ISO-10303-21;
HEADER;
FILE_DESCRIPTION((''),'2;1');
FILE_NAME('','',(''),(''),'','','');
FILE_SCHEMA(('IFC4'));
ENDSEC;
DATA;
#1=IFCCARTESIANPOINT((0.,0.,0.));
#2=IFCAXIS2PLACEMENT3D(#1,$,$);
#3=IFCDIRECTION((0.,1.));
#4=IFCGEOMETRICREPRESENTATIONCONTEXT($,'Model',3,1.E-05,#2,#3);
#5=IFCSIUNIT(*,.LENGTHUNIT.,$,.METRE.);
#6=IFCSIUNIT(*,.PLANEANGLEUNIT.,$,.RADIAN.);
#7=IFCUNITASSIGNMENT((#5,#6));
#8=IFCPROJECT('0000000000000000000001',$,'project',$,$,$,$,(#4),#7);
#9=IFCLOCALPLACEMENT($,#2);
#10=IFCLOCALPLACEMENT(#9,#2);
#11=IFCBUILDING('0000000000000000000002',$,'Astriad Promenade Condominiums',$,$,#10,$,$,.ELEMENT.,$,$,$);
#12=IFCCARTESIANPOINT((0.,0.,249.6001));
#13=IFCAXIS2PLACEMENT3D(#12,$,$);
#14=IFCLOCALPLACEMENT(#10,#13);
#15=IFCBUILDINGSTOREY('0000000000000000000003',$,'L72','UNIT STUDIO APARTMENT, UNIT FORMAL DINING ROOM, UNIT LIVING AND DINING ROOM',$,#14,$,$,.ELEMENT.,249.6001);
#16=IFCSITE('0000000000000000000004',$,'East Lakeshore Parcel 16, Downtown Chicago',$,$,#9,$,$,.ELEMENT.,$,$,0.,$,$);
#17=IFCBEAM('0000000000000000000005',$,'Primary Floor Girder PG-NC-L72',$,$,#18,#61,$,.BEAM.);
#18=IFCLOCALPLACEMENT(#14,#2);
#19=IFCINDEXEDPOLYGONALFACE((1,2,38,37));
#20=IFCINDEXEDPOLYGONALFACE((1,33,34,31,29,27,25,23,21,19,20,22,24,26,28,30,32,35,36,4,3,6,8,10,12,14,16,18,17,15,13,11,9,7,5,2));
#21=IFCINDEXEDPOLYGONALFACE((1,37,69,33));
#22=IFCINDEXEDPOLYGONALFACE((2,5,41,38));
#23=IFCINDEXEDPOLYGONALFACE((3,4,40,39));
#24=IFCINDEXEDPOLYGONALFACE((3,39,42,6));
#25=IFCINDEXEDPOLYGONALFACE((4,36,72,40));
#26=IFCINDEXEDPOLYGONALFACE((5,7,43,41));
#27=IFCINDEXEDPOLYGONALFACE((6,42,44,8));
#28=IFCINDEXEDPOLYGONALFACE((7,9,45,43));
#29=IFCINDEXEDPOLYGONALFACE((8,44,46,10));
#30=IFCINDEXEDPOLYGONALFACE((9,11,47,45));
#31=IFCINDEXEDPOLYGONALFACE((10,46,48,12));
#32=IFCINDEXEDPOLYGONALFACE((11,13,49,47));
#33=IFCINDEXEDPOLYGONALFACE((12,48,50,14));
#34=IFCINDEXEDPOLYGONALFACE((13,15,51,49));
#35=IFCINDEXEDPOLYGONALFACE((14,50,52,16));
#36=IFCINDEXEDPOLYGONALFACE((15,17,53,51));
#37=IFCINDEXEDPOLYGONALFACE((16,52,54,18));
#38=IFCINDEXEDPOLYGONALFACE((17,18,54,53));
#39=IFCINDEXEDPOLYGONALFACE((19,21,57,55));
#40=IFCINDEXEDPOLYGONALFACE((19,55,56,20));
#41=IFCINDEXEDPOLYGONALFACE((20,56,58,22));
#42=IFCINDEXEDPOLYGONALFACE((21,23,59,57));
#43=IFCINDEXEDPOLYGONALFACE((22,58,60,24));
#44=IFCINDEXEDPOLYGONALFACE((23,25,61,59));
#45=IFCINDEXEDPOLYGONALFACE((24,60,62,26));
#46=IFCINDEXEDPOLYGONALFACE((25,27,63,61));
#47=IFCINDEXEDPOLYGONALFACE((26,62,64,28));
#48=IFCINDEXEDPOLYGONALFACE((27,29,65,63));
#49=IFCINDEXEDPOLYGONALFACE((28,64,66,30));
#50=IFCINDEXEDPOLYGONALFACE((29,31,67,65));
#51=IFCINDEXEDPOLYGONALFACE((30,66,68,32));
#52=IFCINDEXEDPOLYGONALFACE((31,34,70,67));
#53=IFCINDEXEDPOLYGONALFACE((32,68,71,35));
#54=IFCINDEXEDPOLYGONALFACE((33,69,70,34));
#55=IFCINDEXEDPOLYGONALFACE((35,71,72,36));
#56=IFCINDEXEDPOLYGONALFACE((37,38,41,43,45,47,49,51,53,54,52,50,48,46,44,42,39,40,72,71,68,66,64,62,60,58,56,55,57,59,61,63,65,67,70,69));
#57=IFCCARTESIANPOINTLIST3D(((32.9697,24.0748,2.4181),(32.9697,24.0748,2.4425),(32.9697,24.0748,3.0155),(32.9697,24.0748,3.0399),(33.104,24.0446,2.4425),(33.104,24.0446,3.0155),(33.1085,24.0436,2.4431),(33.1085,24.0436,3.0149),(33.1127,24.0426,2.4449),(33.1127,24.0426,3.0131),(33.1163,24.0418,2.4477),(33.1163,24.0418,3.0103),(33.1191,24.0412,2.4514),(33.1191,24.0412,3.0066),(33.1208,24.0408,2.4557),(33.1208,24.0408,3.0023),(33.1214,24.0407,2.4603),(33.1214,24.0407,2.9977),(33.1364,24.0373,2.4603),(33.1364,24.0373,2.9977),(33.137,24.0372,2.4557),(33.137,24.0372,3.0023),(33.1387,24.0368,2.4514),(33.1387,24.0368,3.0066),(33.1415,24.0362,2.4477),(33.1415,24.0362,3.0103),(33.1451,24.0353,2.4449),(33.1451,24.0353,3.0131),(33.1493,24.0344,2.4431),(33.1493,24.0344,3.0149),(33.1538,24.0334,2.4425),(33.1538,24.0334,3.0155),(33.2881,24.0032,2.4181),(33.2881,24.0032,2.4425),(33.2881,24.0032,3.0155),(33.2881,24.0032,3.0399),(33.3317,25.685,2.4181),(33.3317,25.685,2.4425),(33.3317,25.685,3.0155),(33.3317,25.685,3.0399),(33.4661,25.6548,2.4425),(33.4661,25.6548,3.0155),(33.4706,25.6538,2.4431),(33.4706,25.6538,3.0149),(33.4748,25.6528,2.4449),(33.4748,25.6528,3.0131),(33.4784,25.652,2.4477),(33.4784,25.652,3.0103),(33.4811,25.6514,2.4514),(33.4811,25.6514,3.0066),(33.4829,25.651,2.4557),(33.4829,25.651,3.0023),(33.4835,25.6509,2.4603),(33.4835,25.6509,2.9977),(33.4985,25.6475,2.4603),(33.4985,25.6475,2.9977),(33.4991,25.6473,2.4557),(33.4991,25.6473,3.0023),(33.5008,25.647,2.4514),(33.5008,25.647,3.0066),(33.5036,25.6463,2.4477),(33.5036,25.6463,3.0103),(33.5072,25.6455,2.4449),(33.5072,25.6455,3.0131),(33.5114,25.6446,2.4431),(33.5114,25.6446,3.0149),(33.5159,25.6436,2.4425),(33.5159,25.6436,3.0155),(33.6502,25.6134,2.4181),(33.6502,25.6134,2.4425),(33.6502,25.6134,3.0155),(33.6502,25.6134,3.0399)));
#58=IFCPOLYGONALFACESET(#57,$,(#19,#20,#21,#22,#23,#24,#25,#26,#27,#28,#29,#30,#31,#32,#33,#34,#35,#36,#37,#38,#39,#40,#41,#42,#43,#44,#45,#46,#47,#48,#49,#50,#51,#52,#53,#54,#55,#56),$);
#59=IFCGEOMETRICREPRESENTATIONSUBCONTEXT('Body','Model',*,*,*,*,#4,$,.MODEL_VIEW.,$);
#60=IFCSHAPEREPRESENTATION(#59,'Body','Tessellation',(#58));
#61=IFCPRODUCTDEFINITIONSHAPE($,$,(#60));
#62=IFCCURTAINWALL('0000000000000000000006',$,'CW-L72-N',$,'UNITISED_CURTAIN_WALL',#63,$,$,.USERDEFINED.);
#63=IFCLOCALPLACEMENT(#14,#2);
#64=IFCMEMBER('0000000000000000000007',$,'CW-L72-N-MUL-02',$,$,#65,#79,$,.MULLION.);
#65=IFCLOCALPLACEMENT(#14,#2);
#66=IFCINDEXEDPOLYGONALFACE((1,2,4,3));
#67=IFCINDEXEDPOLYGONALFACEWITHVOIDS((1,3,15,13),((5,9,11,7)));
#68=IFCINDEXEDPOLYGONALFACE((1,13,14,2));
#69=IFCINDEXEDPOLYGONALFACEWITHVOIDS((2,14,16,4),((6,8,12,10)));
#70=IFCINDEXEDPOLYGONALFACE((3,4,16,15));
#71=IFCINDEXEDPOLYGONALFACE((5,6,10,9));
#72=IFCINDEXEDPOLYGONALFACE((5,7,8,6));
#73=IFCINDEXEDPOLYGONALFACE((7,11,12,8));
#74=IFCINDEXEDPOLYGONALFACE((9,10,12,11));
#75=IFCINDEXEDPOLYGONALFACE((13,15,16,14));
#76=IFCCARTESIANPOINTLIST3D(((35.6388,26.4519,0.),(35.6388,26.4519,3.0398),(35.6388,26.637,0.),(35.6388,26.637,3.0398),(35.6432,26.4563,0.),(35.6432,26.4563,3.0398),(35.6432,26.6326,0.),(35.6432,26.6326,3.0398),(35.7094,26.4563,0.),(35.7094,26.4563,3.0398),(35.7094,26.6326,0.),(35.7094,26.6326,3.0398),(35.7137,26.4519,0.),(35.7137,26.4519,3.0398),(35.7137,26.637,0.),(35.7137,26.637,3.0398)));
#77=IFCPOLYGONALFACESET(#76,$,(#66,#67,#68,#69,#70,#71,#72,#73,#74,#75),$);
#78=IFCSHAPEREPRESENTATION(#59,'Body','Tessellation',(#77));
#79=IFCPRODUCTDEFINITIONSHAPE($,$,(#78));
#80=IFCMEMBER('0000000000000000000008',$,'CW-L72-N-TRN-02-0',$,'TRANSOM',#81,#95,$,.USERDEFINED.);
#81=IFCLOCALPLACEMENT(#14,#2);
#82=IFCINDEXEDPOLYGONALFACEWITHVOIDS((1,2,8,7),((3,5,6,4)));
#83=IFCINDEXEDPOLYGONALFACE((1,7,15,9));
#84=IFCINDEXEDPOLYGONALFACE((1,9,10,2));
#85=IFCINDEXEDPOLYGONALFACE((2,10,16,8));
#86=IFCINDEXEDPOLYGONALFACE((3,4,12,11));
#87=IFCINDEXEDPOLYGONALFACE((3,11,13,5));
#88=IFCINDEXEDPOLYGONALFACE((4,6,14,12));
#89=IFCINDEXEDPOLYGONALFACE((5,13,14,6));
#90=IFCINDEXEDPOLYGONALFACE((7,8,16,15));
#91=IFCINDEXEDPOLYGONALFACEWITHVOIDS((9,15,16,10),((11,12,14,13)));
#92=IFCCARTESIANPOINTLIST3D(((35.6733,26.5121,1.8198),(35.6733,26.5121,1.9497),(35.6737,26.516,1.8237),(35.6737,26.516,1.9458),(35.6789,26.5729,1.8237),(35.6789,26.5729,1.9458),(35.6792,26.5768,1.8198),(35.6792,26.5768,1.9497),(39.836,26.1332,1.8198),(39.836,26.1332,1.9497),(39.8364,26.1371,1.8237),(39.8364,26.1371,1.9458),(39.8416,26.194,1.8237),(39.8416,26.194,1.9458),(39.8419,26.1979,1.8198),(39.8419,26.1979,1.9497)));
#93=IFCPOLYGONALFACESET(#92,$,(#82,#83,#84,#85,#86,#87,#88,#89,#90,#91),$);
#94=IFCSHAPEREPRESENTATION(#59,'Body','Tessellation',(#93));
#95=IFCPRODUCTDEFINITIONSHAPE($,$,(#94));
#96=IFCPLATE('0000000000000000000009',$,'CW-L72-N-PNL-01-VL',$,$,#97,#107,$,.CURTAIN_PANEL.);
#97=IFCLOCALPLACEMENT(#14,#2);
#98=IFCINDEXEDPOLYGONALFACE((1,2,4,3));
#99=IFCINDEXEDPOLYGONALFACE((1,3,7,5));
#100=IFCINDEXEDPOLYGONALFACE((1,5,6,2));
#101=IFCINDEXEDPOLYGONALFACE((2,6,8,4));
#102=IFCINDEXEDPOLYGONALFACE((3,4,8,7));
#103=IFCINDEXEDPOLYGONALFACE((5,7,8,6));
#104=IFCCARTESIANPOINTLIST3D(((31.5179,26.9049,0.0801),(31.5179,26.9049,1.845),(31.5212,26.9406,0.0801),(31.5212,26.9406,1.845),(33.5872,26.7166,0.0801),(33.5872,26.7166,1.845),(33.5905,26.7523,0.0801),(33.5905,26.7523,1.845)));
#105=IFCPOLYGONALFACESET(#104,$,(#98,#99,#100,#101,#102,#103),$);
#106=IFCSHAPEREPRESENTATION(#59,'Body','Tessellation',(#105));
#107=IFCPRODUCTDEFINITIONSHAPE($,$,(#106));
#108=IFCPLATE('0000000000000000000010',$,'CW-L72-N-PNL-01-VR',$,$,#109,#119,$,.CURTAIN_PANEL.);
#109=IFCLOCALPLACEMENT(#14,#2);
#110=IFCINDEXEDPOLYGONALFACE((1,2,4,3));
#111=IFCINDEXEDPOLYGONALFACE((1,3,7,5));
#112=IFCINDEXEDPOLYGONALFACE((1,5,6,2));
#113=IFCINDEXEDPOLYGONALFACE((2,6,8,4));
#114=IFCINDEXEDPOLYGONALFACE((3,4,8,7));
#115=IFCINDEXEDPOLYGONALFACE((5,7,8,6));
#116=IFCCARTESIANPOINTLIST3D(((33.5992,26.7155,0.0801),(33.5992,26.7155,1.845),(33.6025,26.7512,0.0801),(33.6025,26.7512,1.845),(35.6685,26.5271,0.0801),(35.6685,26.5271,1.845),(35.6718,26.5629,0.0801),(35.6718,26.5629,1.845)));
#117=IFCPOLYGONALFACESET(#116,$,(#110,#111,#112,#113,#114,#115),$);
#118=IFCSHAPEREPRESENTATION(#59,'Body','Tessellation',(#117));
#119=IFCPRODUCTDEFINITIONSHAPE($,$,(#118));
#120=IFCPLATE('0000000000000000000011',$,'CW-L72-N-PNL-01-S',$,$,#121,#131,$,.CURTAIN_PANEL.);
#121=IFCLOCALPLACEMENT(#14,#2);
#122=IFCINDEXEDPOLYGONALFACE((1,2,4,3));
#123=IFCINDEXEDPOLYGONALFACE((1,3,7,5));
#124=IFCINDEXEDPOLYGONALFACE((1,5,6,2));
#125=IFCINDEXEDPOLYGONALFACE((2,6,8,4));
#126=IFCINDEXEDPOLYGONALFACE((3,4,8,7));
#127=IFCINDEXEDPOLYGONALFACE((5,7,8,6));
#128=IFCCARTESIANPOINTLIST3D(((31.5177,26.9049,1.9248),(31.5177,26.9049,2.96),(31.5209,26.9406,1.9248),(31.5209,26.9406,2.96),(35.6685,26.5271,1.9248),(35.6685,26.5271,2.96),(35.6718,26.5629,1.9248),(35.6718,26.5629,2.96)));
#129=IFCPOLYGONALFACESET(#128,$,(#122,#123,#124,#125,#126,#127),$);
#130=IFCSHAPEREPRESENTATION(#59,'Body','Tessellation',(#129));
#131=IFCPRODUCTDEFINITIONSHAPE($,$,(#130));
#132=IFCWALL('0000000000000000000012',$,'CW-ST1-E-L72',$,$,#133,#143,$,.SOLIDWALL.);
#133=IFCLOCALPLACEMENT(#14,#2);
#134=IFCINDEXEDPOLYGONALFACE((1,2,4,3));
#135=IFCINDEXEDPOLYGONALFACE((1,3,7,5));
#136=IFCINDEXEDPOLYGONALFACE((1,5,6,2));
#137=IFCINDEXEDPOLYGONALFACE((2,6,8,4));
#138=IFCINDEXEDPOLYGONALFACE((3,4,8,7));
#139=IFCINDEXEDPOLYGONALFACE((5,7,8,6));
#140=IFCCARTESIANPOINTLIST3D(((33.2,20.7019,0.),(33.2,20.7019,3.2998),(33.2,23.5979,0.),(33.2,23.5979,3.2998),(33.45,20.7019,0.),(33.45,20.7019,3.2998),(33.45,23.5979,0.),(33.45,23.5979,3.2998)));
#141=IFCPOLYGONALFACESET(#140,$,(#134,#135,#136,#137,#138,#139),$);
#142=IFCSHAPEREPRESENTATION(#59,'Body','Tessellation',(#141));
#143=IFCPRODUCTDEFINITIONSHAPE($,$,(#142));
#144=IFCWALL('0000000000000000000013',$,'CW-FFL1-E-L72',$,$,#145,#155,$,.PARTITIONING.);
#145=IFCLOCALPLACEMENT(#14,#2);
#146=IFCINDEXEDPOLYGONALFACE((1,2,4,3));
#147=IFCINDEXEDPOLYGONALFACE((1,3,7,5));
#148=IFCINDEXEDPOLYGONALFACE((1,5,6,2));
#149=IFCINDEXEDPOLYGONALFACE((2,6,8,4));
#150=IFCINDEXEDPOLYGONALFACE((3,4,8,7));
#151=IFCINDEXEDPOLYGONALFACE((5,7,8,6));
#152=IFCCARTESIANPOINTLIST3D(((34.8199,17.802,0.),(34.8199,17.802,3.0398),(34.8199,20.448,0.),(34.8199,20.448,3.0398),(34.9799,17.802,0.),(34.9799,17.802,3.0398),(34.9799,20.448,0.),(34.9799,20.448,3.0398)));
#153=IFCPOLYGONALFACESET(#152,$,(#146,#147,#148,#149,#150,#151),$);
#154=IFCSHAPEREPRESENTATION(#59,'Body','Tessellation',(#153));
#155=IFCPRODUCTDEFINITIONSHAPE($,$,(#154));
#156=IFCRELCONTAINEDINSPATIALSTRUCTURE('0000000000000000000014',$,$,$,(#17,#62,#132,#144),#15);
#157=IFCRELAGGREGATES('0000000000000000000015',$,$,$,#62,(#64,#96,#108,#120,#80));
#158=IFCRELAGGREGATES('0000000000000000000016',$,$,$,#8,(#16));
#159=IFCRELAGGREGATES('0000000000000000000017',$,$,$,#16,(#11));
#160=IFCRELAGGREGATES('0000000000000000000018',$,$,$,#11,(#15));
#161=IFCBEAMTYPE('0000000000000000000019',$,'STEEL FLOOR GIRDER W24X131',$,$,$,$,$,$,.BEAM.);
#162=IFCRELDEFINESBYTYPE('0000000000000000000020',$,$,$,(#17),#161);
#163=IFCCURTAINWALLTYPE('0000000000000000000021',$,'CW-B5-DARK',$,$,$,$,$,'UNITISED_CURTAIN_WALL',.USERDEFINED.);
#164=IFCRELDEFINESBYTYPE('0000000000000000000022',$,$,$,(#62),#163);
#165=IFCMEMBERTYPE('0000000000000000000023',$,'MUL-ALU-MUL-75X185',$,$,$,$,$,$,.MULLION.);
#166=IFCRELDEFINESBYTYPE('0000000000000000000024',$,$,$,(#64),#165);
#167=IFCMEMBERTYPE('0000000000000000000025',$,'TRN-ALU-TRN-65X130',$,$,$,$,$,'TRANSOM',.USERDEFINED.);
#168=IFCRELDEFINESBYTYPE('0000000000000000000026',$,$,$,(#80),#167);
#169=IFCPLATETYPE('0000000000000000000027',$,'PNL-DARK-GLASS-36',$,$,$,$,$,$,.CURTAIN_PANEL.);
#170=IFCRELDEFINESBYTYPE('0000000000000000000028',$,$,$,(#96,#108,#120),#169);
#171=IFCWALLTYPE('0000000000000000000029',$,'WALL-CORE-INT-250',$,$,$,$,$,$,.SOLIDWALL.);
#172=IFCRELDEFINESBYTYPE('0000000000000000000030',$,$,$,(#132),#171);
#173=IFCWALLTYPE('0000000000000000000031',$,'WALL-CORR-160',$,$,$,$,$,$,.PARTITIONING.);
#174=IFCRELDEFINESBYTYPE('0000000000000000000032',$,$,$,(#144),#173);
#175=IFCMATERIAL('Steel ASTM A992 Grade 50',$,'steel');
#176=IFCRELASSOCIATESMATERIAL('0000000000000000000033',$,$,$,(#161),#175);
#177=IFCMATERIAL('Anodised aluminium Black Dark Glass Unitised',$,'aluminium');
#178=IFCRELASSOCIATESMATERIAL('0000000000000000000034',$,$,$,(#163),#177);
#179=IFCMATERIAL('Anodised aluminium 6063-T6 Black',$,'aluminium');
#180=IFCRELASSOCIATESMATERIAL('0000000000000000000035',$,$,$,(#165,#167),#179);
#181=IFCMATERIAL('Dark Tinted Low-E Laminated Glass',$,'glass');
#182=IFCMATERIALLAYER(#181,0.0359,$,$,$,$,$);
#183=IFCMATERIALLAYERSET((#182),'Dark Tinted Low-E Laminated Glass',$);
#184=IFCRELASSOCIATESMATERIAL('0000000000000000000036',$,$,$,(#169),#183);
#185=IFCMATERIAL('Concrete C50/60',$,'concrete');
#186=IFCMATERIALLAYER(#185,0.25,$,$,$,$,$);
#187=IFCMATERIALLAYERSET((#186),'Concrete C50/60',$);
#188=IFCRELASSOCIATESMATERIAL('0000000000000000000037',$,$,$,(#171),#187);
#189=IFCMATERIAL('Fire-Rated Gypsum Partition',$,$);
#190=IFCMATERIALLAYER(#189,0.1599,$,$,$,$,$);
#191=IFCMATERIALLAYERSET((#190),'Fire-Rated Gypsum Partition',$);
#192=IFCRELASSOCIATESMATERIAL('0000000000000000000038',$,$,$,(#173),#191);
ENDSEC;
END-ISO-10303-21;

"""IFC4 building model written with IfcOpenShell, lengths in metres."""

from ifc_helpers import new_model, si_unit, direction, frame, frame_2d, origin, origin_2d, place, context, subcontext, project, spatial, rectangle, hollow_rectangle, i_section, extrude, source, transform, mapped, material, layer, layer_set, material_profile, profile_set, type_object, type_shapes, element, aggregate, save


model = new_model("IFC4")

# Units and contexts
model_context = context("Model", 3, precision=1e-05, world=origin(), true_north=direction((0.0, 1.0)))
body_context = subcontext(model_context, "Body", "Model", "MODEL_VIEW")
ifc_project = project(units=[si_unit("LENGTHUNIT", "METRE"), si_unit("PLANEANGLEUNIT", "RADIAN")], contexts=[model_context])

# Site, building, storey
site_placement = place(None, origin())
site = spatial("IfcSite", under=ifc_project, at=site_placement, Name="East Lakeshore Parcel 16, Downtown Chicago", CompositionType="ELEMENT", RefElevation=0.0)
building_placement = place(site_placement, origin())
building = spatial("IfcBuilding", under=site, at=building_placement, Name="Astriad Promenade Condominiums", CompositionType="ELEMENT")
storey_placement = place(building_placement, frame((0.0, 0.0, 249.6001)))
storey = spatial("IfcBuildingStorey", under=building, at=storey_placement, Name="L72", Description="UNIT STUDIO APARTMENT, UNIT FORMAL DINING ROOM, UNIT LIVING AND DINING ROOM", CompositionType="ELEMENT", Elevation=249.6001)

# Shared definitions
ifc_material_1 = material(Name="Steel ASTM A992 Grade 50", Category="steel")
ifc_material_2 = material(Name="Concrete C50/60", Category="concrete")

# Beam
ifc_material_profile_1 = material_profile(ifc_material_1, i_section(OverallWidth=0.3264, OverallDepth=0.6218, WebThickness=0.0154, FlangeThickness=0.0244, FilletRadius=0.0178, at=origin_2d()), Name="W24X131")
ifc_profile_set_1 = profile_set([ifc_material_profile_1], Name="Steel ASTM A992 Grade 50")
beam_type_1 = type_object("IfcBeamType", Name="STEEL FLOOR GIRDER W24X131", PredefinedType="BEAM", material=ifc_profile_set_1)
shared_shape_1 = source(origin(), body_context, "Body", "SweptSolid", [
    extrude(i_section(OverallWidth=0.3264, OverallDepth=0.6218, WebThickness=0.0154, FlangeThickness=0.0244, FilletRadius=0.0178, at=origin_2d()), origin(), (0.0, 0.0, 1.0), 1.6504),
])
type_shapes(beam_type_1, [shared_shape_1])
beam_1_placement = place(storey_placement, frame((33.491, 25.6492, 2.729), z_axis=(-0.219389, -0.975637, 0.0), x_axis=(0.975637, -0.219389, 0.0)))
element("IfcBeam", 1, at=beam_1_placement, inside=storey, type_object=beam_type_1, Name="Primary Floor Girder PG-NC-L72", PredefinedType="BEAM", context=body_context, shape_type="MappedRepresentation", body=[
    mapped(shared_shape_1, transform((0.0, 0.0, 0.0), scale=1.0)),
])

# Curtain wall, members, plates
ifc_material_3 = material(Name="Anodised aluminium Black Dark Glass Unitised", Category="aluminium")
curtain_wall_type = type_object("IfcCurtainWallType", Name="CW-B5-DARK", ElementType="UNITISED_CURTAIN_WALL", PredefinedType="USERDEFINED", material=ifc_material_3)
curtain_wall_placement = place(storey_placement, origin())
curtain_wall = element("IfcCurtainWall", 2, at=curtain_wall_placement, inside=storey, type_object=curtain_wall_type, Name="CW-L72-N", ObjectType="UNITISED_CURTAIN_WALL", PredefinedType="USERDEFINED")
ifc_material_4 = material(Name="Anodised aluminium 6063-T6 Black", Category="aluminium")
ifc_material_profile_2 = material_profile(ifc_material_4, hollow_rectangle(XDim=0.075, YDim=0.1851, WallThickness=0.0044, at=origin_2d()), Name="ALU-MUL-75X185")
ifc_profile_set_2 = profile_set([ifc_material_profile_2], Name="Anodised aluminium 6063-T6 Black")
member_type_1 = type_object("IfcMemberType", Name="MUL-ALU-MUL-75X185", PredefinedType="MULLION", material=ifc_profile_set_2)
shared_shape_2 = source(origin(), body_context, "Body", "SweptSolid", [
    extrude(hollow_rectangle(XDim=0.075, YDim=0.1851, WallThickness=0.0044, at=origin_2d()), origin(), (0.0, 0.0, 1.0), 3.0398),
])
type_shapes(member_type_1, [shared_shape_2])
member_1_placement = place(storey_placement, frame((35.6763, 26.5444, 0.0), z_axis=(0.0, 0.0, 1.0), x_axis=(1.0, 0.0, 0.0)))
member_1 = element("IfcMember", 3, at=member_1_placement, type_object=member_type_1, Name="CW-L72-N-MUL-02", PredefinedType="MULLION", context=body_context, shape_type="MappedRepresentation", body=[
    mapped(shared_shape_2, transform((0.0, 0.0, 0.0), scale=1.0)),
])
ifc_material_profile_3 = material_profile(ifc_material_4, hollow_rectangle(XDim=0.0649, YDim=0.1299, WallThickness=0.0039, at=origin_2d()), Name="ALU-TRN-65X130")
ifc_profile_set_3 = profile_set([ifc_material_profile_3], Name="Anodised aluminium 6063-T6 Black")
member_type_2 = type_object("IfcMemberType", Name="TRN-ALU-TRN-65X130", ElementType="TRANSOM", PredefinedType="USERDEFINED", material=ifc_profile_set_3)
shared_shape_3 = source(origin(), body_context, "Body", "SweptSolid", [
    extrude(hollow_rectangle(XDim=0.0649, YDim=0.1299, WallThickness=0.0039, at=origin_2d()), origin(), (0.0, 0.0, 1.0), 4.1799),
])
type_shapes(member_type_2, [shared_shape_3])
member_2_placement = place(storey_placement, frame((35.6763, 26.5444, 1.8848), z_axis=(0.995883, -0.090646, 0.0), x_axis=(0.090646, 0.995883, 0.0)))
member_2 = element("IfcMember", 4, at=member_2_placement, type_object=member_type_2, Name="CW-L72-N-TRN-02-0", ObjectType="TRANSOM", PredefinedType="USERDEFINED", context=body_context, shape_type="MappedRepresentation", body=[
    mapped(shared_shape_3, transform((0.0, 0.0, 0.0), scale=1.0)),
])
ifc_material_5 = material(Name="Dark Tinted Low-E Laminated Glass", Category="glass")
ifc_layer_1 = layer(ifc_material_5, 0.0359)
ifc_layer_set_1 = layer_set([ifc_layer_1], Name="Dark Tinted Low-E Laminated Glass")
plate_type = type_object("IfcPlateType", Name="PNL-DARK-GLASS-36", PredefinedType="CURTAIN_PANEL", material=ifc_layer_set_1)
shared_shape_4 = source(origin(), body_context, "Body", "SweptSolid", [
    extrude(rectangle(XDim=2.0779, YDim=0.0359, at=origin_2d()), origin(), (0.0, 0.0, 1.0), 1.7649),
])
plate_1_placement = place(storey_placement, frame((32.5542, 26.8286, 0.0801), z_axis=(0.0, 0.0, 1.0), x_axis=(0.995884, -0.090633, 0.0)))
plate_1 = element("IfcPlate", 5, at=plate_1_placement, type_object=plate_type, Name="CW-L72-N-PNL-01-VL", PredefinedType="CURTAIN_PANEL", context=body_context, shape_type="MappedRepresentation", body=[
    mapped(shared_shape_4, transform((0.0, 0.0, 0.0), scale=1.0)),
])
plate_2_placement = place(storey_placement, frame((34.6355, 26.6392, 0.0801), z_axis=(0.0, 0.0, 1.0), x_axis=(0.995884, -0.090633, 0.0)))
plate_2 = element("IfcPlate", 6, at=plate_2_placement, type_object=plate_type, Name="CW-L72-N-PNL-01-VR", PredefinedType="CURTAIN_PANEL", context=body_context, shape_type="MappedRepresentation", body=[
    mapped(shared_shape_4, transform((0.0, 0.0, 0.0), scale=1.0)),
])
shared_shape_5 = source(origin(), body_context, "Body", "SweptSolid", [
    extrude(rectangle(XDim=4.168, YDim=0.0359, at=origin_2d()), origin(), (0.0, 0.0, 1.0), 1.0352),
])
type_shapes(plate_type, [shared_shape_4, shared_shape_5])
plate_3_placement = place(storey_placement, frame((33.5947, 26.7339, 1.9248), z_axis=(0.0, 0.0, 1.0), x_axis=(0.995884, -0.090633, 0.0)))
plate_3 = element("IfcPlate", 7, at=plate_3_placement, type_object=plate_type, Name="CW-L72-N-PNL-01-S", PredefinedType="CURTAIN_PANEL", context=body_context, shape_type="MappedRepresentation", body=[
    mapped(shared_shape_5, transform((0.0, 0.0, 0.0), scale=1.0)),
])
aggregate(curtain_wall, [member_1, plate_1, plate_2, plate_3, member_2])

# Walls
ifc_layer_2 = layer(ifc_material_2, 0.25)
ifc_layer_set_2 = layer_set([ifc_layer_2], Name="Concrete C50/60")
wall_type_1 = type_object("IfcWallType", Name="WALL-CORE-INT-250", PredefinedType="SOLIDWALL", material=ifc_layer_set_2)
wall_1_placement = place(storey_placement, frame((33.325, 20.7019, 0.0), z_axis=(0.0, 0.0, 1.0), x_axis=(0.0, 1.0, 0.0)))
element("IfcWall", 8, at=wall_1_placement, inside=storey, type_object=wall_type_1, Name="CW-ST1-E-L72", PredefinedType="SOLIDWALL", context=body_context, shape_type="SweptSolid", body=[
    extrude(rectangle(XDim=2.896, YDim=0.25, at=frame_2d((1.448, 0.0))), origin(), (0.0, 0.0, 1.0), 3.2998),
])
ifc_material_6 = material(Name="Fire-Rated Gypsum Partition")
ifc_layer_3 = layer(ifc_material_6, 0.1599)
ifc_layer_set_3 = layer_set([ifc_layer_3], Name="Fire-Rated Gypsum Partition")
wall_type_2 = type_object("IfcWallType", Name="WALL-CORR-160", PredefinedType="PARTITIONING", material=ifc_layer_set_3)
wall_2_placement = place(storey_placement, frame((34.8999, 17.802, 0.0), z_axis=(0.0, 0.0, 1.0), x_axis=(0.0, 1.0, 0.0)))
element("IfcWall", 9, at=wall_2_placement, inside=storey, type_object=wall_type_2, Name="CW-FFL1-E-L72", PredefinedType="PARTITIONING", context=body_context, shape_type="SweptSolid", body=[
    extrude(rectangle(XDim=2.646, YDim=0.1599, at=frame_2d((1.323, 0.0))), origin(), (0.0, 0.0, 1.0), 3.0398),
])

save(model, "model.ifc")
